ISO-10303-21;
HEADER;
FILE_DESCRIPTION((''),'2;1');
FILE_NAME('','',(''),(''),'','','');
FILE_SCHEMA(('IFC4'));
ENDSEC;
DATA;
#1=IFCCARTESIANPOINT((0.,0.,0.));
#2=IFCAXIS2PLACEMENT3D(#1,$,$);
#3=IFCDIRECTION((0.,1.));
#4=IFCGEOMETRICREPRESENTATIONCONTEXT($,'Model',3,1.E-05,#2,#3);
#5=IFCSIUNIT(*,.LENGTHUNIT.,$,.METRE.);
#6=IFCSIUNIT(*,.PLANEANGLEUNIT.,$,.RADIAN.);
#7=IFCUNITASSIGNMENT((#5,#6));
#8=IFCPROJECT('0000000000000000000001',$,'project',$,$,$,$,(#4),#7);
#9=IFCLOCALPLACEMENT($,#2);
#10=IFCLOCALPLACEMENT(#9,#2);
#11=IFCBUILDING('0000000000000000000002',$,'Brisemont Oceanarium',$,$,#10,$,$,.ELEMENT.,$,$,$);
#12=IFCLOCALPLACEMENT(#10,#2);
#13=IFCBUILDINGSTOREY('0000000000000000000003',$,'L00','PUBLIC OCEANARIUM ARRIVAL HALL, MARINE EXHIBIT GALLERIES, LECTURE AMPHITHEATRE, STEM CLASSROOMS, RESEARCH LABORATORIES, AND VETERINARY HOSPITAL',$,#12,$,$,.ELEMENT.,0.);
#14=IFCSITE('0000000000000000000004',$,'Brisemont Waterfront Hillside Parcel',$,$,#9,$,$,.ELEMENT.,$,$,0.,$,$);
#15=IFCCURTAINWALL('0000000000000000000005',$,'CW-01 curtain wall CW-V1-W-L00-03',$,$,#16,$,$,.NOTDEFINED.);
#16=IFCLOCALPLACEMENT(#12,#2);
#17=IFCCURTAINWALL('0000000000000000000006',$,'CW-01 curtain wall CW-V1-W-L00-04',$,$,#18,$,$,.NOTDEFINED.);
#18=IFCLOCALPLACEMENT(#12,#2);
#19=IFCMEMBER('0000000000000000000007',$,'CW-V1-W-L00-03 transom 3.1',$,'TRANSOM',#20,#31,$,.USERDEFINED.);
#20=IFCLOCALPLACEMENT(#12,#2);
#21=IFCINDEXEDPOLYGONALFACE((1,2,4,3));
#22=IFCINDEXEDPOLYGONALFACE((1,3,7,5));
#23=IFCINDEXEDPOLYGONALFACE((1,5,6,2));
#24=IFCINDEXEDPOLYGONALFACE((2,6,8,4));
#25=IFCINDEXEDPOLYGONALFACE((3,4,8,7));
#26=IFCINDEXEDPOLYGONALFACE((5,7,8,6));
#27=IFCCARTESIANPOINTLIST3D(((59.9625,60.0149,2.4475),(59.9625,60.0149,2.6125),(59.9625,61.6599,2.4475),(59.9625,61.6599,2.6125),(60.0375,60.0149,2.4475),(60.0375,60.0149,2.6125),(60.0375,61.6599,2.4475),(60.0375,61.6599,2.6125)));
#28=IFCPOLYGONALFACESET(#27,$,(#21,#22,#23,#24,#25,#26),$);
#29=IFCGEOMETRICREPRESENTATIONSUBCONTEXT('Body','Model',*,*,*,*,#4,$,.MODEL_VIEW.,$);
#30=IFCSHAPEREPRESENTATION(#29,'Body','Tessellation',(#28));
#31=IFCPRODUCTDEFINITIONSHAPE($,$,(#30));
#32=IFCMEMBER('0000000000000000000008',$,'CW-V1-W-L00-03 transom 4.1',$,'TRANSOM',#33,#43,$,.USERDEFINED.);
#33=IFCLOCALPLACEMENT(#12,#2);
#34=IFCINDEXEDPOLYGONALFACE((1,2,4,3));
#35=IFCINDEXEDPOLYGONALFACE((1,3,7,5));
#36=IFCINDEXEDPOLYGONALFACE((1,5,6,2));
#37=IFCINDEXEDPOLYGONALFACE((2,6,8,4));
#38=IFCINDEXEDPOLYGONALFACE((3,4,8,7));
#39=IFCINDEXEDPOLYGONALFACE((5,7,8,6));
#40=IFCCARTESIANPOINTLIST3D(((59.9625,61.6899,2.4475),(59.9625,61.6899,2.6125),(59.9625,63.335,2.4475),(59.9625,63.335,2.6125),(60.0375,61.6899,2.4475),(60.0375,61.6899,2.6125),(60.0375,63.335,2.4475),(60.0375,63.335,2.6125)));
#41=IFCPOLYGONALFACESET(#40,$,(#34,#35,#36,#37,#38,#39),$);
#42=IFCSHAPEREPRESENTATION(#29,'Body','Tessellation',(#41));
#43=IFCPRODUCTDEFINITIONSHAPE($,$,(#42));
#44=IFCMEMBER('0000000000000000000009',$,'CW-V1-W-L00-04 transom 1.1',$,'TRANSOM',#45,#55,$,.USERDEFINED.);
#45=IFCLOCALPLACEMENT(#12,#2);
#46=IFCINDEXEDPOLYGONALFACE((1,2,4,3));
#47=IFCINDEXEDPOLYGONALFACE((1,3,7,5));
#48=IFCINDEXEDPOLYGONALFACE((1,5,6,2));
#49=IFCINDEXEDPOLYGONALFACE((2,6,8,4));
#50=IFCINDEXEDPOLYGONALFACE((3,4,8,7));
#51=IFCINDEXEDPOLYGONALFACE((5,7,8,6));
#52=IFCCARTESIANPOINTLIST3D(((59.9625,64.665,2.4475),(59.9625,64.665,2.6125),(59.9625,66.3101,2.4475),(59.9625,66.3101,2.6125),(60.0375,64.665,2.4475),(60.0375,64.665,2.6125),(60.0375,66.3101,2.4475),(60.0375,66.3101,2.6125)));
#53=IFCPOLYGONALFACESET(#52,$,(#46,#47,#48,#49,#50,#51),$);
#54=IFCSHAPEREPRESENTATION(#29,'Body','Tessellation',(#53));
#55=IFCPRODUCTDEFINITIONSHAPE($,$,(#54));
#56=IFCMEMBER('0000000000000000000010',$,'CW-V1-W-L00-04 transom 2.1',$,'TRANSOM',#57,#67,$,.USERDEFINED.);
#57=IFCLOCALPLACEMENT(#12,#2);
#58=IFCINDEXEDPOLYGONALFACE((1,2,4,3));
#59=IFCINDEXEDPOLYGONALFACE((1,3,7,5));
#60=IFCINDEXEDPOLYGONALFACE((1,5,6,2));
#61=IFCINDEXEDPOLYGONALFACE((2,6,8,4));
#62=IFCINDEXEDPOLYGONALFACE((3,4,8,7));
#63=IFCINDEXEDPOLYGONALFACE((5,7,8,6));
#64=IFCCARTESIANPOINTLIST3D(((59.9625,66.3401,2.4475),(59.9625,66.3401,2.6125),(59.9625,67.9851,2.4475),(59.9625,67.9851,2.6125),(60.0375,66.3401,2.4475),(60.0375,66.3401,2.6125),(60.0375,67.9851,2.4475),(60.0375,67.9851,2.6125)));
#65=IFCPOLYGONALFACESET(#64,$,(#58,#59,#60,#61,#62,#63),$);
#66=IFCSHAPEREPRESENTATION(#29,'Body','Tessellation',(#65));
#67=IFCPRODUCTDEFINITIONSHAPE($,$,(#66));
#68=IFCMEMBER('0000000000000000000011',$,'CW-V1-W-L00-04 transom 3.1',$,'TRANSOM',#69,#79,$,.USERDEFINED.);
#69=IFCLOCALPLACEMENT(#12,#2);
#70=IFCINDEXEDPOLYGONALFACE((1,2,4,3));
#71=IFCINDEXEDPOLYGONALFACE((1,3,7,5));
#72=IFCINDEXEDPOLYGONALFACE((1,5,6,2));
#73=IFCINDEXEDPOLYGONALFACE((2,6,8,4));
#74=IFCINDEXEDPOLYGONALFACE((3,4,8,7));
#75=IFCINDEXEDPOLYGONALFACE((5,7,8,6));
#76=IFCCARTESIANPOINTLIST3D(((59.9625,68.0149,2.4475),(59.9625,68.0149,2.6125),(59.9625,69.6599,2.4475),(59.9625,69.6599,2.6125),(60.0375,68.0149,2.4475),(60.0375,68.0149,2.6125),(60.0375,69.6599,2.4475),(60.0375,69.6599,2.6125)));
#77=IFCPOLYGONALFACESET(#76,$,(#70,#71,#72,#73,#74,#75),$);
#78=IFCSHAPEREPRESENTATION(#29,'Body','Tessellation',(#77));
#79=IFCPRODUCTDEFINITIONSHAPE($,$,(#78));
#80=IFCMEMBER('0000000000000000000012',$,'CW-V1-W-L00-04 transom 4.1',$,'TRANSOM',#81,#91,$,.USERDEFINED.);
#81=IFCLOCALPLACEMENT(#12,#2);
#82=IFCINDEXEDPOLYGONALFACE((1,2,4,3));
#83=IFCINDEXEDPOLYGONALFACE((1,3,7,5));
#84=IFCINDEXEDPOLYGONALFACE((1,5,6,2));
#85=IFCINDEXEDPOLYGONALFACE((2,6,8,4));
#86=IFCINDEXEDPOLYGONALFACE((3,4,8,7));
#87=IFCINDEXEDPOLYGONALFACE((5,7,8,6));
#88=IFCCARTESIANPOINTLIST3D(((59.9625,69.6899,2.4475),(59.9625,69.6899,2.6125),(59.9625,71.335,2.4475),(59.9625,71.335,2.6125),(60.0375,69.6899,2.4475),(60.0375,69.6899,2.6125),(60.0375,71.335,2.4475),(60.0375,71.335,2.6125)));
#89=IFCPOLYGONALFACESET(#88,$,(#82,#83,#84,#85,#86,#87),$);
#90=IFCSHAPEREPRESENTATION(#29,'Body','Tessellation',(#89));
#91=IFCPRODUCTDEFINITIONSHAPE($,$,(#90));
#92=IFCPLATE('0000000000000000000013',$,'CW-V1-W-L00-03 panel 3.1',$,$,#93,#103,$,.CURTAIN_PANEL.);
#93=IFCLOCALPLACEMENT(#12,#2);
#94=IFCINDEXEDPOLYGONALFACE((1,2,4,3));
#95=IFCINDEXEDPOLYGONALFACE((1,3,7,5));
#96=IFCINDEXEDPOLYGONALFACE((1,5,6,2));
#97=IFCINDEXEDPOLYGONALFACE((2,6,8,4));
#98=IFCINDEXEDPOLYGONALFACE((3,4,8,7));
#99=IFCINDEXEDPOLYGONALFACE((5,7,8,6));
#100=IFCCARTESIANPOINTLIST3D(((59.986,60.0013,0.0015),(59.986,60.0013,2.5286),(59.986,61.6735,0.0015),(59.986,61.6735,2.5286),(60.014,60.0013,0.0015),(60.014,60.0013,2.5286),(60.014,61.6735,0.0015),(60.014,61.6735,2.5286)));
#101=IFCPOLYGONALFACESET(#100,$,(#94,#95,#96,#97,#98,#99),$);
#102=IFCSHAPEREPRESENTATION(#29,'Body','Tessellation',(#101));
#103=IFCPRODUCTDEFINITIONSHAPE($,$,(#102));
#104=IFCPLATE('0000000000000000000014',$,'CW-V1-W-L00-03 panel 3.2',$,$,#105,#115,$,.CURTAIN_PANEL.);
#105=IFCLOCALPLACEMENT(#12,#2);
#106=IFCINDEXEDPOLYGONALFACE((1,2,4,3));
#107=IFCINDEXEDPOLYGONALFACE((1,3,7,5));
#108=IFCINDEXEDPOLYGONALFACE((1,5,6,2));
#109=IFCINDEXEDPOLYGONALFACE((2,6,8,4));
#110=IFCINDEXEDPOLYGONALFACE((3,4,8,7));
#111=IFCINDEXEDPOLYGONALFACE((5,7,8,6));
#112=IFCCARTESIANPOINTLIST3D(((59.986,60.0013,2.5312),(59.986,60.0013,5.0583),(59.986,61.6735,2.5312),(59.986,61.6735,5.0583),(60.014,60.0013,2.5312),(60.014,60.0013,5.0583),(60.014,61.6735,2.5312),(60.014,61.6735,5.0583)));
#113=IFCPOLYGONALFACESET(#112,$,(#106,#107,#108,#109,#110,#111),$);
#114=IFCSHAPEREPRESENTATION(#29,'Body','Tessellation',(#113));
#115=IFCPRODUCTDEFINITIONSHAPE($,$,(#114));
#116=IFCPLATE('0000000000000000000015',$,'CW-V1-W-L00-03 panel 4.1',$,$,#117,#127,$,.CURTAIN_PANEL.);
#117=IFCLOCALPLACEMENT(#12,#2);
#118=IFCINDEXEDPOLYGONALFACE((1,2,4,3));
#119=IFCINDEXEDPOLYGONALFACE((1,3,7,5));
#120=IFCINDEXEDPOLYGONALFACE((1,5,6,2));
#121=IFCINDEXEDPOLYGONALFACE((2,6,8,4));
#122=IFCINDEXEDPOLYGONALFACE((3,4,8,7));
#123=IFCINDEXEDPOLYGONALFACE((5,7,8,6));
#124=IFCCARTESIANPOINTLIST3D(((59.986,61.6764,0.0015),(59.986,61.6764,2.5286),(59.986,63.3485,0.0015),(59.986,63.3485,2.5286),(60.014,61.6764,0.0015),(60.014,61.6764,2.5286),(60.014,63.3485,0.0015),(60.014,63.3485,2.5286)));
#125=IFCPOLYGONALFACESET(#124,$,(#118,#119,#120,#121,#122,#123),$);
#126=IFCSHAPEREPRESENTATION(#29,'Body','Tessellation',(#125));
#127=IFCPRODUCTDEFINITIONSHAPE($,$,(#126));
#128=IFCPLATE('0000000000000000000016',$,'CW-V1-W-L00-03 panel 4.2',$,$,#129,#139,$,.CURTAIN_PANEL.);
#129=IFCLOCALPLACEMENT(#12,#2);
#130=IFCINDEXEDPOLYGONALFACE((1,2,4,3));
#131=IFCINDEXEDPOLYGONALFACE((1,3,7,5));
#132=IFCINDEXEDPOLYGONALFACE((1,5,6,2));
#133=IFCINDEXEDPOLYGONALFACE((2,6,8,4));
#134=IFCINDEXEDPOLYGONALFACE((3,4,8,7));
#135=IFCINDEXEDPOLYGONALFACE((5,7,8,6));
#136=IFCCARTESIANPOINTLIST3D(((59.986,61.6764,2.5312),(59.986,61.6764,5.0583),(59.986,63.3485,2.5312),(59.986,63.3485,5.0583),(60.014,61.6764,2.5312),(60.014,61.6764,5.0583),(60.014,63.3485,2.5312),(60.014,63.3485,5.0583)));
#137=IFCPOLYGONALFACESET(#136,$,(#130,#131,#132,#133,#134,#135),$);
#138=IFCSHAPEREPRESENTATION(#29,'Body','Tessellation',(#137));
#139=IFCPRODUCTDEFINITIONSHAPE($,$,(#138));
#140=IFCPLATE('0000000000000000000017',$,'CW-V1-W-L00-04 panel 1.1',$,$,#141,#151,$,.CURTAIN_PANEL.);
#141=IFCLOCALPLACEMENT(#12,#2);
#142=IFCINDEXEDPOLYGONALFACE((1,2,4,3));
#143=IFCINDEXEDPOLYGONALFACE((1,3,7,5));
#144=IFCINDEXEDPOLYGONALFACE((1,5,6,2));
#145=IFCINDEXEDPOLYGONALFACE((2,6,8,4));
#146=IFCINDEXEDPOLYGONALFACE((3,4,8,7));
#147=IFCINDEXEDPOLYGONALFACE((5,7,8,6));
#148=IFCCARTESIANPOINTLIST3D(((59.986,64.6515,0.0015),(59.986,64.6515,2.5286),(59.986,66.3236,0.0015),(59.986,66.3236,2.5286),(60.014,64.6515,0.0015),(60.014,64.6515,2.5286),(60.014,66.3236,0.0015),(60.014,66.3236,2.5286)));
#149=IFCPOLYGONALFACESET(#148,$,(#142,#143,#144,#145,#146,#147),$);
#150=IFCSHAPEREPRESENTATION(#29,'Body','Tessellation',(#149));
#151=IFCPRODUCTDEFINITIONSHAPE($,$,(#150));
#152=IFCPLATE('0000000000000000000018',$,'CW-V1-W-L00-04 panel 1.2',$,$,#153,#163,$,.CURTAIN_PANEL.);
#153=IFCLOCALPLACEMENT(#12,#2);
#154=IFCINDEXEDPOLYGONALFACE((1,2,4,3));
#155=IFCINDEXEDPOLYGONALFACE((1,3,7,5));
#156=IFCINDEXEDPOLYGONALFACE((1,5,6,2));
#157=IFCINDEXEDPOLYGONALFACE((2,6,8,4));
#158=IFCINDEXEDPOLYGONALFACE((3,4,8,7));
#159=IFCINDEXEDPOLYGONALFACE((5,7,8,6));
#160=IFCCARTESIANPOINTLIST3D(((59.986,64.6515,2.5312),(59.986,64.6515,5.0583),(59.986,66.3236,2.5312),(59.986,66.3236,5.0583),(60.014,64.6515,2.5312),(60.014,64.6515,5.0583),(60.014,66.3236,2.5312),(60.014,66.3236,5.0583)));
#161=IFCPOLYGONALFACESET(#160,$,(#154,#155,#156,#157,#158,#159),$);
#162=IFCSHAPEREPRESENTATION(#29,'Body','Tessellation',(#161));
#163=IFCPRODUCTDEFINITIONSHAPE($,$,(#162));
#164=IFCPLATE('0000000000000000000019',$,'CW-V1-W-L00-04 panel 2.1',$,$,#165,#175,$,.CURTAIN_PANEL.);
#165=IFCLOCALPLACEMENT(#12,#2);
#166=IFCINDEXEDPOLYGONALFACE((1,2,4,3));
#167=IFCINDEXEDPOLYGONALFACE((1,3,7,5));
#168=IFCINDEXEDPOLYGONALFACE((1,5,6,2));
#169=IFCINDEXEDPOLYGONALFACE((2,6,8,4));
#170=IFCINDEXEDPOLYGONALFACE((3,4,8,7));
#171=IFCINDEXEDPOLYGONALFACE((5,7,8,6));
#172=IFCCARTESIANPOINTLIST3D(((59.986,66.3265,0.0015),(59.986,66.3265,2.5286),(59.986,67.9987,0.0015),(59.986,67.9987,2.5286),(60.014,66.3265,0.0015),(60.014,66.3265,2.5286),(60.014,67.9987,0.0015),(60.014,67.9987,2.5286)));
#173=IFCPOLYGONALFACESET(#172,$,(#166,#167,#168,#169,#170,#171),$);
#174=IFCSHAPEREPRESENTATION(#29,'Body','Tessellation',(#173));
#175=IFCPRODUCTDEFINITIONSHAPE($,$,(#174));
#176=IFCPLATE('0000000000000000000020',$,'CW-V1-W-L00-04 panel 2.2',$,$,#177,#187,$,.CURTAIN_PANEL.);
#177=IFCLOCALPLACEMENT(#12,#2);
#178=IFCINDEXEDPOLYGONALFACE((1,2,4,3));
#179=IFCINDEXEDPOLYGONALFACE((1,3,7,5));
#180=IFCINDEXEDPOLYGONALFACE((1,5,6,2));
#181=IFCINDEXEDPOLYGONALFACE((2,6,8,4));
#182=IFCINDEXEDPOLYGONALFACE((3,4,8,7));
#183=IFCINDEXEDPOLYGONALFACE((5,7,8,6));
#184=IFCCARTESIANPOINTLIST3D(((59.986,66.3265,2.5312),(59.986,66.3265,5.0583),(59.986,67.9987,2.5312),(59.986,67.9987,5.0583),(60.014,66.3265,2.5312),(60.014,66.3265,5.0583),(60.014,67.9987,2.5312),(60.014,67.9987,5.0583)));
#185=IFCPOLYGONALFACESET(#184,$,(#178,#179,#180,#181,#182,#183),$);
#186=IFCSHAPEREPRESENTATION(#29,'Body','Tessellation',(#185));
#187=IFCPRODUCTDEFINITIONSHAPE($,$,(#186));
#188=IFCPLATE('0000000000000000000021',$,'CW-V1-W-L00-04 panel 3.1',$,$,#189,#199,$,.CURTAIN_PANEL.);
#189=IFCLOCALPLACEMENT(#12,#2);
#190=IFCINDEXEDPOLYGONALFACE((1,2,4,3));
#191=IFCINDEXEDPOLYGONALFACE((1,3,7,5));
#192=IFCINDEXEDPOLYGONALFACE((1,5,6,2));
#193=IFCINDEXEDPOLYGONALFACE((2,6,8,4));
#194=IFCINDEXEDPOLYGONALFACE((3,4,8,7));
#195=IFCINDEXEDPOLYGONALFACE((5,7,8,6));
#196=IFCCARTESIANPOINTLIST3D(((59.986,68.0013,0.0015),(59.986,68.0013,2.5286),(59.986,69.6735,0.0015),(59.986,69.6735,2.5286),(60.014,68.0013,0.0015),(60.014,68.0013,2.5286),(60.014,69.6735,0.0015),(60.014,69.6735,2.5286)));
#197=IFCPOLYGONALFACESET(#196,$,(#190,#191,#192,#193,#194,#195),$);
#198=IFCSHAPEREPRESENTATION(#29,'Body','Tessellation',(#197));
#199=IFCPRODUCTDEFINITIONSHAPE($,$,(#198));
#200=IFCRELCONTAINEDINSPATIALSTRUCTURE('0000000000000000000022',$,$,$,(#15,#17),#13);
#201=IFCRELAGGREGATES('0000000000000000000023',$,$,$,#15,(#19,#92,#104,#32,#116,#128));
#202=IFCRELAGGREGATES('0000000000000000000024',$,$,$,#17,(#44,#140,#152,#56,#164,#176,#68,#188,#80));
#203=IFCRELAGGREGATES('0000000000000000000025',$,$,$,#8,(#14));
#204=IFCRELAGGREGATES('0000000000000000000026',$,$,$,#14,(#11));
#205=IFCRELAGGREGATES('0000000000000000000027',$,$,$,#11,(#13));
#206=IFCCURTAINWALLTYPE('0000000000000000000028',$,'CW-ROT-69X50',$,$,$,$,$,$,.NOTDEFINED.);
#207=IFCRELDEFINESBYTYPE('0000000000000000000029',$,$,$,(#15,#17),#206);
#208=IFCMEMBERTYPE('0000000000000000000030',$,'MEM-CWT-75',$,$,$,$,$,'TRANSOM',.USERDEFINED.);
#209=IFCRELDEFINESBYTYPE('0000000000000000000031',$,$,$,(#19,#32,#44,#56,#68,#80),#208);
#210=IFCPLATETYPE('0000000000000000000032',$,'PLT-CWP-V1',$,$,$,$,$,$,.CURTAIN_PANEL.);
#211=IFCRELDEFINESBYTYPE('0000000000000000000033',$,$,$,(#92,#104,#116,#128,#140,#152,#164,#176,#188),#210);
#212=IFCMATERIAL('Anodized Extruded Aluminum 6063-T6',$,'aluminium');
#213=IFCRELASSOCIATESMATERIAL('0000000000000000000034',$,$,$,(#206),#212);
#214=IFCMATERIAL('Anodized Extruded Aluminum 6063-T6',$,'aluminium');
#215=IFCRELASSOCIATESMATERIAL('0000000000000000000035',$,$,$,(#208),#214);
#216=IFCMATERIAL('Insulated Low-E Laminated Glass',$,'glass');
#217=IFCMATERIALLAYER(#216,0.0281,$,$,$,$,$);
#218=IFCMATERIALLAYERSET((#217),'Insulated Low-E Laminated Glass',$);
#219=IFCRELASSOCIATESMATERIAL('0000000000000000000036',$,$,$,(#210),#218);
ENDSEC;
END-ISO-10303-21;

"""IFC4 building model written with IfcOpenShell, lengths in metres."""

from ifc_helpers import new_model, si_unit, direction, frame, origin, origin_2d, place, context, subcontext, project, spatial, rectangle, extrude, material, layer, layer_set, material_profile, profile_set, type_object, element, aggregate, save


model = new_model("IFC4")

# Units and contexts
model_context = context("Model", 3, precision=1e-05, world=origin(), true_north=direction((0.0, 1.0)))
body_context = subcontext(model_context, "Body", "Model", "MODEL_VIEW")
ifc_project = project(units=[si_unit("LENGTHUNIT", "METRE"), si_unit("PLANEANGLEUNIT", "RADIAN")], contexts=[model_context])

# Site, building, storey
site_placement = place(None, origin())
site = spatial("IfcSite", under=ifc_project, at=site_placement, Name="Brisemont Waterfront Hillside Parcel", CompositionType="ELEMENT", RefElevation=0.0)
building_placement = place(site_placement, origin())
building = spatial("IfcBuilding", under=site, at=building_placement, Name="Brisemont Oceanarium", CompositionType="ELEMENT")
storey_placement = place(building_placement, origin())
storey = spatial("IfcBuildingStorey", under=building, at=storey_placement, Name="L00", Description="PUBLIC OCEANARIUM ARRIVAL HALL, MARINE EXHIBIT GALLERIES, LECTURE AMPHITHEATRE, STEM CLASSROOMS, RESEARCH LABORATORIES, AND VETERINARY HOSPITAL", CompositionType="ELEMENT", Elevation=0.0)

# Curtain walls
ifc_material_1 = material(Name="Anodized Extruded Aluminum 6063-T6", Category="aluminium")
curtain_wall_type = type_object("IfcCurtainWallType", Name="CW-ROT-69X50", PredefinedType="NOTDEFINED", material=ifc_material_1)
curtain_wall_1_placement = place(storey_placement, origin())
curtain_wall_1 = element("IfcCurtainWall", 1, at=curtain_wall_1_placement, inside=storey, type_object=curtain_wall_type, Name="CW-01 curtain wall CW-V1-W-L00-03", PredefinedType="NOTDEFINED")
curtain_wall_2_placement = place(storey_placement, origin())
curtain_wall_2 = element("IfcCurtainWall", 2, at=curtain_wall_2_placement, inside=storey, type_object=curtain_wall_type, Name="CW-01 curtain wall CW-V1-W-L00-04", PredefinedType="NOTDEFINED")

# Members
ifc_material_2 = material(Name="Anodized Extruded Aluminum 6063-T6", Category="aluminium")
ifc_material_profile_1 = material_profile(ifc_material_2, rectangle(XDim=0.075, YDim=0.165, at=origin_2d()), Name="CWT-75X165")
ifc_profile_set_1 = profile_set([ifc_material_profile_1], Name="Anodized Extruded Aluminum 6063-T6")
member_type_1 = type_object("IfcMemberType", Name="MEM-CWT-75", ElementType="TRANSOM", PredefinedType="USERDEFINED", material=ifc_profile_set_1)
member_1_placement = place(storey_placement, frame((60.0, 60.0149, 2.53), z_axis=(0.0, 1.0, 0.0), x_axis=(-1.0, 0.0, 0.0)))
member_1 = element("IfcMember", 3, at=member_1_placement, type_object=member_type_1, Name="CW-V1-W-L00-03 transom 3.1", ObjectType="TRANSOM", PredefinedType="USERDEFINED", context=body_context, shape_type="SweptSolid", body=[
    extrude(rectangle(XDim=0.075, YDim=0.165, at=origin_2d()), origin(), (0.0, 0.0, 1.0), 1.645),
])
member_2_placement = place(storey_placement, frame((60.0, 61.6899, 2.53), z_axis=(0.0, 1.0, 0.0), x_axis=(-1.0, 0.0, 0.0)))
member_2 = element("IfcMember", 4, at=member_2_placement, type_object=member_type_1, Name="CW-V1-W-L00-03 transom 4.1", ObjectType="TRANSOM", PredefinedType="USERDEFINED", context=body_context, shape_type="SweptSolid", body=[
    extrude(rectangle(XDim=0.075, YDim=0.165, at=origin_2d()), origin(), (0.0, 0.0, 1.0), 1.645),
])
member_3_placement = place(storey_placement, frame((60.0, 64.665, 2.53), z_axis=(0.0, 1.0, 0.0), x_axis=(-1.0, 0.0, 0.0)))
member_3 = element("IfcMember", 5, at=member_3_placement, type_object=member_type_1, Name="CW-V1-W-L00-04 transom 1.1", ObjectType="TRANSOM", PredefinedType="USERDEFINED", context=body_context, shape_type="SweptSolid", body=[
    extrude(rectangle(XDim=0.075, YDim=0.165, at=origin_2d()), origin(), (0.0, 0.0, 1.0), 1.645),
])
member_4_placement = place(storey_placement, frame((60.0, 66.3401, 2.53), z_axis=(0.0, 1.0, 0.0), x_axis=(-1.0, 0.0, 0.0)))
member_4 = element("IfcMember", 6, at=member_4_placement, type_object=member_type_1, Name="CW-V1-W-L00-04 transom 2.1", ObjectType="TRANSOM", PredefinedType="USERDEFINED", context=body_context, shape_type="SweptSolid", body=[
    extrude(rectangle(XDim=0.075, YDim=0.165, at=origin_2d()), origin(), (0.0, 0.0, 1.0), 1.645),
])
member_5_placement = place(storey_placement, frame((60.0, 68.0149, 2.53), z_axis=(0.0, 1.0, 0.0), x_axis=(-1.0, 0.0, 0.0)))
member_5 = element("IfcMember", 7, at=member_5_placement, type_object=member_type_1, Name="CW-V1-W-L00-04 transom 3.1", ObjectType="TRANSOM", PredefinedType="USERDEFINED", context=body_context, shape_type="SweptSolid", body=[
    extrude(rectangle(XDim=0.075, YDim=0.165, at=origin_2d()), origin(), (0.0, 0.0, 1.0), 1.645),
])
member_6_placement = place(storey_placement, frame((60.0, 69.6899, 2.53), z_axis=(0.0, 1.0, 0.0), x_axis=(-1.0, 0.0, 0.0)))
member_6 = element("IfcMember", 8, at=member_6_placement, type_object=member_type_1, Name="CW-V1-W-L00-04 transom 4.1", ObjectType="TRANSOM", PredefinedType="USERDEFINED", context=body_context, shape_type="SweptSolid", body=[
    extrude(rectangle(XDim=0.075, YDim=0.165, at=origin_2d()), origin(), (0.0, 0.0, 1.0), 1.645),
])

# Plates
ifc_material_3 = material(Name="Insulated Low-E Laminated Glass", Category="glass")
ifc_layer_1 = layer(ifc_material_3, 0.0281)
ifc_layer_set_1 = layer_set([ifc_layer_1], Name="Insulated Low-E Laminated Glass")
plate_type = type_object("IfcPlateType", Name="PLT-CWP-V1", PredefinedType="CURTAIN_PANEL", material=ifc_layer_set_1)
plate_1_placement = place(storey_placement, frame((60.0, 60.8374, 0.0015), z_axis=(0.0, 0.0, 1.0), x_axis=(0.0, 1.0, 0.0)))
plate_1 = element("IfcPlate", 9, at=plate_1_placement, type_object=plate_type, Name="CW-V1-W-L00-03 panel 3.1", PredefinedType="CURTAIN_PANEL", context=body_context, shape_type="SweptSolid", body=[
    extrude(rectangle(XDim=1.6721, YDim=0.0281, at=origin_2d()), origin(), (0.0, 0.0, 1.0), 2.5271),
])
plate_2_placement = place(storey_placement, frame((60.0, 60.8374, 2.5312), z_axis=(0.0, 0.0, 1.0), x_axis=(0.0, 1.0, 0.0)))
plate_2 = element("IfcPlate", 10, at=plate_2_placement, type_object=plate_type, Name="CW-V1-W-L00-03 panel 3.2", PredefinedType="CURTAIN_PANEL", context=body_context, shape_type="SweptSolid", body=[
    extrude(rectangle(XDim=1.6721, YDim=0.0281, at=origin_2d()), origin(), (0.0, 0.0, 1.0), 2.5271),
])
plate_3_placement = place(storey_placement, frame((60.0, 62.5125, 0.0015), z_axis=(0.0, 0.0, 1.0), x_axis=(0.0, 1.0, 0.0)))
plate_3 = element("IfcPlate", 11, at=plate_3_placement, type_object=plate_type, Name="CW-V1-W-L00-03 panel 4.1", PredefinedType="CURTAIN_PANEL", context=body_context, shape_type="SweptSolid", body=[
    extrude(rectangle(XDim=1.6721, YDim=0.0281, at=origin_2d()), origin(), (0.0, 0.0, 1.0), 2.5271),
])
plate_4_placement = place(storey_placement, frame((60.0, 62.5125, 2.5312), z_axis=(0.0, 0.0, 1.0), x_axis=(0.0, 1.0, 0.0)))
plate_4 = element("IfcPlate", 12, at=plate_4_placement, type_object=plate_type, Name="CW-V1-W-L00-03 panel 4.2", PredefinedType="CURTAIN_PANEL", context=body_context, shape_type="SweptSolid", body=[
    extrude(rectangle(XDim=1.6721, YDim=0.0281, at=origin_2d()), origin(), (0.0, 0.0, 1.0), 2.5271),
])
aggregate(curtain_wall_1, [member_1, plate_1, plate_2, member_2, plate_3, plate_4])
plate_5_placement = place(storey_placement, frame((60.0, 65.4875, 0.0015), z_axis=(0.0, 0.0, 1.0), x_axis=(0.0, 1.0, 0.0)))
plate_5 = element("IfcPlate", 13, at=plate_5_placement, type_object=plate_type, Name="CW-V1-W-L00-04 panel 1.1", PredefinedType="CURTAIN_PANEL", context=body_context, shape_type="SweptSolid", body=[
    extrude(rectangle(XDim=1.6721, YDim=0.0281, at=origin_2d()), origin(), (0.0, 0.0, 1.0), 2.5271),
])
plate_6_placement = place(storey_placement, frame((60.0, 65.4875, 2.5312), z_axis=(0.0, 0.0, 1.0), x_axis=(0.0, 1.0, 0.0)))
plate_6 = element("IfcPlate", 14, at=plate_6_placement, type_object=plate_type, Name="CW-V1-W-L00-04 panel 1.2", PredefinedType="CURTAIN_PANEL", context=body_context, shape_type="SweptSolid", body=[
    extrude(rectangle(XDim=1.6721, YDim=0.0281, at=origin_2d()), origin(), (0.0, 0.0, 1.0), 2.5271),
])
plate_7_placement = place(storey_placement, frame((60.0, 67.1626, 0.0015), z_axis=(0.0, 0.0, 1.0), x_axis=(0.0, 1.0, 0.0)))
plate_7 = element("IfcPlate", 15, at=plate_7_placement, type_object=plate_type, Name="CW-V1-W-L00-04 panel 2.1", PredefinedType="CURTAIN_PANEL", context=body_context, shape_type="SweptSolid", body=[
    extrude(rectangle(XDim=1.6721, YDim=0.0281, at=origin_2d()), origin(), (0.0, 0.0, 1.0), 2.5271),
])
plate_8_placement = place(storey_placement, frame((60.0, 67.1626, 2.5312), z_axis=(0.0, 0.0, 1.0), x_axis=(0.0, 1.0, 0.0)))
plate_8 = element("IfcPlate", 16, at=plate_8_placement, type_object=plate_type, Name="CW-V1-W-L00-04 panel 2.2", PredefinedType="CURTAIN_PANEL", context=body_context, shape_type="SweptSolid", body=[
    extrude(rectangle(XDim=1.6721, YDim=0.0281, at=origin_2d()), origin(), (0.0, 0.0, 1.0), 2.5271),
])
plate_9_placement = place(storey_placement, frame((60.0, 68.8374, 0.0015), z_axis=(0.0, 0.0, 1.0), x_axis=(0.0, 1.0, 0.0)))
plate_9 = element("IfcPlate", 17, at=plate_9_placement, type_object=plate_type, Name="CW-V1-W-L00-04 panel 3.1", PredefinedType="CURTAIN_PANEL", context=body_context, shape_type="SweptSolid", body=[
    extrude(rectangle(XDim=1.6721, YDim=0.0281, at=origin_2d()), origin(), (0.0, 0.0, 1.0), 2.5271),
])
aggregate(curtain_wall_2, [member_3, plate_5, plate_6, member_4, plate_7, plate_8, member_5, plate_9, member_6])

save(model, "model.ifc")
